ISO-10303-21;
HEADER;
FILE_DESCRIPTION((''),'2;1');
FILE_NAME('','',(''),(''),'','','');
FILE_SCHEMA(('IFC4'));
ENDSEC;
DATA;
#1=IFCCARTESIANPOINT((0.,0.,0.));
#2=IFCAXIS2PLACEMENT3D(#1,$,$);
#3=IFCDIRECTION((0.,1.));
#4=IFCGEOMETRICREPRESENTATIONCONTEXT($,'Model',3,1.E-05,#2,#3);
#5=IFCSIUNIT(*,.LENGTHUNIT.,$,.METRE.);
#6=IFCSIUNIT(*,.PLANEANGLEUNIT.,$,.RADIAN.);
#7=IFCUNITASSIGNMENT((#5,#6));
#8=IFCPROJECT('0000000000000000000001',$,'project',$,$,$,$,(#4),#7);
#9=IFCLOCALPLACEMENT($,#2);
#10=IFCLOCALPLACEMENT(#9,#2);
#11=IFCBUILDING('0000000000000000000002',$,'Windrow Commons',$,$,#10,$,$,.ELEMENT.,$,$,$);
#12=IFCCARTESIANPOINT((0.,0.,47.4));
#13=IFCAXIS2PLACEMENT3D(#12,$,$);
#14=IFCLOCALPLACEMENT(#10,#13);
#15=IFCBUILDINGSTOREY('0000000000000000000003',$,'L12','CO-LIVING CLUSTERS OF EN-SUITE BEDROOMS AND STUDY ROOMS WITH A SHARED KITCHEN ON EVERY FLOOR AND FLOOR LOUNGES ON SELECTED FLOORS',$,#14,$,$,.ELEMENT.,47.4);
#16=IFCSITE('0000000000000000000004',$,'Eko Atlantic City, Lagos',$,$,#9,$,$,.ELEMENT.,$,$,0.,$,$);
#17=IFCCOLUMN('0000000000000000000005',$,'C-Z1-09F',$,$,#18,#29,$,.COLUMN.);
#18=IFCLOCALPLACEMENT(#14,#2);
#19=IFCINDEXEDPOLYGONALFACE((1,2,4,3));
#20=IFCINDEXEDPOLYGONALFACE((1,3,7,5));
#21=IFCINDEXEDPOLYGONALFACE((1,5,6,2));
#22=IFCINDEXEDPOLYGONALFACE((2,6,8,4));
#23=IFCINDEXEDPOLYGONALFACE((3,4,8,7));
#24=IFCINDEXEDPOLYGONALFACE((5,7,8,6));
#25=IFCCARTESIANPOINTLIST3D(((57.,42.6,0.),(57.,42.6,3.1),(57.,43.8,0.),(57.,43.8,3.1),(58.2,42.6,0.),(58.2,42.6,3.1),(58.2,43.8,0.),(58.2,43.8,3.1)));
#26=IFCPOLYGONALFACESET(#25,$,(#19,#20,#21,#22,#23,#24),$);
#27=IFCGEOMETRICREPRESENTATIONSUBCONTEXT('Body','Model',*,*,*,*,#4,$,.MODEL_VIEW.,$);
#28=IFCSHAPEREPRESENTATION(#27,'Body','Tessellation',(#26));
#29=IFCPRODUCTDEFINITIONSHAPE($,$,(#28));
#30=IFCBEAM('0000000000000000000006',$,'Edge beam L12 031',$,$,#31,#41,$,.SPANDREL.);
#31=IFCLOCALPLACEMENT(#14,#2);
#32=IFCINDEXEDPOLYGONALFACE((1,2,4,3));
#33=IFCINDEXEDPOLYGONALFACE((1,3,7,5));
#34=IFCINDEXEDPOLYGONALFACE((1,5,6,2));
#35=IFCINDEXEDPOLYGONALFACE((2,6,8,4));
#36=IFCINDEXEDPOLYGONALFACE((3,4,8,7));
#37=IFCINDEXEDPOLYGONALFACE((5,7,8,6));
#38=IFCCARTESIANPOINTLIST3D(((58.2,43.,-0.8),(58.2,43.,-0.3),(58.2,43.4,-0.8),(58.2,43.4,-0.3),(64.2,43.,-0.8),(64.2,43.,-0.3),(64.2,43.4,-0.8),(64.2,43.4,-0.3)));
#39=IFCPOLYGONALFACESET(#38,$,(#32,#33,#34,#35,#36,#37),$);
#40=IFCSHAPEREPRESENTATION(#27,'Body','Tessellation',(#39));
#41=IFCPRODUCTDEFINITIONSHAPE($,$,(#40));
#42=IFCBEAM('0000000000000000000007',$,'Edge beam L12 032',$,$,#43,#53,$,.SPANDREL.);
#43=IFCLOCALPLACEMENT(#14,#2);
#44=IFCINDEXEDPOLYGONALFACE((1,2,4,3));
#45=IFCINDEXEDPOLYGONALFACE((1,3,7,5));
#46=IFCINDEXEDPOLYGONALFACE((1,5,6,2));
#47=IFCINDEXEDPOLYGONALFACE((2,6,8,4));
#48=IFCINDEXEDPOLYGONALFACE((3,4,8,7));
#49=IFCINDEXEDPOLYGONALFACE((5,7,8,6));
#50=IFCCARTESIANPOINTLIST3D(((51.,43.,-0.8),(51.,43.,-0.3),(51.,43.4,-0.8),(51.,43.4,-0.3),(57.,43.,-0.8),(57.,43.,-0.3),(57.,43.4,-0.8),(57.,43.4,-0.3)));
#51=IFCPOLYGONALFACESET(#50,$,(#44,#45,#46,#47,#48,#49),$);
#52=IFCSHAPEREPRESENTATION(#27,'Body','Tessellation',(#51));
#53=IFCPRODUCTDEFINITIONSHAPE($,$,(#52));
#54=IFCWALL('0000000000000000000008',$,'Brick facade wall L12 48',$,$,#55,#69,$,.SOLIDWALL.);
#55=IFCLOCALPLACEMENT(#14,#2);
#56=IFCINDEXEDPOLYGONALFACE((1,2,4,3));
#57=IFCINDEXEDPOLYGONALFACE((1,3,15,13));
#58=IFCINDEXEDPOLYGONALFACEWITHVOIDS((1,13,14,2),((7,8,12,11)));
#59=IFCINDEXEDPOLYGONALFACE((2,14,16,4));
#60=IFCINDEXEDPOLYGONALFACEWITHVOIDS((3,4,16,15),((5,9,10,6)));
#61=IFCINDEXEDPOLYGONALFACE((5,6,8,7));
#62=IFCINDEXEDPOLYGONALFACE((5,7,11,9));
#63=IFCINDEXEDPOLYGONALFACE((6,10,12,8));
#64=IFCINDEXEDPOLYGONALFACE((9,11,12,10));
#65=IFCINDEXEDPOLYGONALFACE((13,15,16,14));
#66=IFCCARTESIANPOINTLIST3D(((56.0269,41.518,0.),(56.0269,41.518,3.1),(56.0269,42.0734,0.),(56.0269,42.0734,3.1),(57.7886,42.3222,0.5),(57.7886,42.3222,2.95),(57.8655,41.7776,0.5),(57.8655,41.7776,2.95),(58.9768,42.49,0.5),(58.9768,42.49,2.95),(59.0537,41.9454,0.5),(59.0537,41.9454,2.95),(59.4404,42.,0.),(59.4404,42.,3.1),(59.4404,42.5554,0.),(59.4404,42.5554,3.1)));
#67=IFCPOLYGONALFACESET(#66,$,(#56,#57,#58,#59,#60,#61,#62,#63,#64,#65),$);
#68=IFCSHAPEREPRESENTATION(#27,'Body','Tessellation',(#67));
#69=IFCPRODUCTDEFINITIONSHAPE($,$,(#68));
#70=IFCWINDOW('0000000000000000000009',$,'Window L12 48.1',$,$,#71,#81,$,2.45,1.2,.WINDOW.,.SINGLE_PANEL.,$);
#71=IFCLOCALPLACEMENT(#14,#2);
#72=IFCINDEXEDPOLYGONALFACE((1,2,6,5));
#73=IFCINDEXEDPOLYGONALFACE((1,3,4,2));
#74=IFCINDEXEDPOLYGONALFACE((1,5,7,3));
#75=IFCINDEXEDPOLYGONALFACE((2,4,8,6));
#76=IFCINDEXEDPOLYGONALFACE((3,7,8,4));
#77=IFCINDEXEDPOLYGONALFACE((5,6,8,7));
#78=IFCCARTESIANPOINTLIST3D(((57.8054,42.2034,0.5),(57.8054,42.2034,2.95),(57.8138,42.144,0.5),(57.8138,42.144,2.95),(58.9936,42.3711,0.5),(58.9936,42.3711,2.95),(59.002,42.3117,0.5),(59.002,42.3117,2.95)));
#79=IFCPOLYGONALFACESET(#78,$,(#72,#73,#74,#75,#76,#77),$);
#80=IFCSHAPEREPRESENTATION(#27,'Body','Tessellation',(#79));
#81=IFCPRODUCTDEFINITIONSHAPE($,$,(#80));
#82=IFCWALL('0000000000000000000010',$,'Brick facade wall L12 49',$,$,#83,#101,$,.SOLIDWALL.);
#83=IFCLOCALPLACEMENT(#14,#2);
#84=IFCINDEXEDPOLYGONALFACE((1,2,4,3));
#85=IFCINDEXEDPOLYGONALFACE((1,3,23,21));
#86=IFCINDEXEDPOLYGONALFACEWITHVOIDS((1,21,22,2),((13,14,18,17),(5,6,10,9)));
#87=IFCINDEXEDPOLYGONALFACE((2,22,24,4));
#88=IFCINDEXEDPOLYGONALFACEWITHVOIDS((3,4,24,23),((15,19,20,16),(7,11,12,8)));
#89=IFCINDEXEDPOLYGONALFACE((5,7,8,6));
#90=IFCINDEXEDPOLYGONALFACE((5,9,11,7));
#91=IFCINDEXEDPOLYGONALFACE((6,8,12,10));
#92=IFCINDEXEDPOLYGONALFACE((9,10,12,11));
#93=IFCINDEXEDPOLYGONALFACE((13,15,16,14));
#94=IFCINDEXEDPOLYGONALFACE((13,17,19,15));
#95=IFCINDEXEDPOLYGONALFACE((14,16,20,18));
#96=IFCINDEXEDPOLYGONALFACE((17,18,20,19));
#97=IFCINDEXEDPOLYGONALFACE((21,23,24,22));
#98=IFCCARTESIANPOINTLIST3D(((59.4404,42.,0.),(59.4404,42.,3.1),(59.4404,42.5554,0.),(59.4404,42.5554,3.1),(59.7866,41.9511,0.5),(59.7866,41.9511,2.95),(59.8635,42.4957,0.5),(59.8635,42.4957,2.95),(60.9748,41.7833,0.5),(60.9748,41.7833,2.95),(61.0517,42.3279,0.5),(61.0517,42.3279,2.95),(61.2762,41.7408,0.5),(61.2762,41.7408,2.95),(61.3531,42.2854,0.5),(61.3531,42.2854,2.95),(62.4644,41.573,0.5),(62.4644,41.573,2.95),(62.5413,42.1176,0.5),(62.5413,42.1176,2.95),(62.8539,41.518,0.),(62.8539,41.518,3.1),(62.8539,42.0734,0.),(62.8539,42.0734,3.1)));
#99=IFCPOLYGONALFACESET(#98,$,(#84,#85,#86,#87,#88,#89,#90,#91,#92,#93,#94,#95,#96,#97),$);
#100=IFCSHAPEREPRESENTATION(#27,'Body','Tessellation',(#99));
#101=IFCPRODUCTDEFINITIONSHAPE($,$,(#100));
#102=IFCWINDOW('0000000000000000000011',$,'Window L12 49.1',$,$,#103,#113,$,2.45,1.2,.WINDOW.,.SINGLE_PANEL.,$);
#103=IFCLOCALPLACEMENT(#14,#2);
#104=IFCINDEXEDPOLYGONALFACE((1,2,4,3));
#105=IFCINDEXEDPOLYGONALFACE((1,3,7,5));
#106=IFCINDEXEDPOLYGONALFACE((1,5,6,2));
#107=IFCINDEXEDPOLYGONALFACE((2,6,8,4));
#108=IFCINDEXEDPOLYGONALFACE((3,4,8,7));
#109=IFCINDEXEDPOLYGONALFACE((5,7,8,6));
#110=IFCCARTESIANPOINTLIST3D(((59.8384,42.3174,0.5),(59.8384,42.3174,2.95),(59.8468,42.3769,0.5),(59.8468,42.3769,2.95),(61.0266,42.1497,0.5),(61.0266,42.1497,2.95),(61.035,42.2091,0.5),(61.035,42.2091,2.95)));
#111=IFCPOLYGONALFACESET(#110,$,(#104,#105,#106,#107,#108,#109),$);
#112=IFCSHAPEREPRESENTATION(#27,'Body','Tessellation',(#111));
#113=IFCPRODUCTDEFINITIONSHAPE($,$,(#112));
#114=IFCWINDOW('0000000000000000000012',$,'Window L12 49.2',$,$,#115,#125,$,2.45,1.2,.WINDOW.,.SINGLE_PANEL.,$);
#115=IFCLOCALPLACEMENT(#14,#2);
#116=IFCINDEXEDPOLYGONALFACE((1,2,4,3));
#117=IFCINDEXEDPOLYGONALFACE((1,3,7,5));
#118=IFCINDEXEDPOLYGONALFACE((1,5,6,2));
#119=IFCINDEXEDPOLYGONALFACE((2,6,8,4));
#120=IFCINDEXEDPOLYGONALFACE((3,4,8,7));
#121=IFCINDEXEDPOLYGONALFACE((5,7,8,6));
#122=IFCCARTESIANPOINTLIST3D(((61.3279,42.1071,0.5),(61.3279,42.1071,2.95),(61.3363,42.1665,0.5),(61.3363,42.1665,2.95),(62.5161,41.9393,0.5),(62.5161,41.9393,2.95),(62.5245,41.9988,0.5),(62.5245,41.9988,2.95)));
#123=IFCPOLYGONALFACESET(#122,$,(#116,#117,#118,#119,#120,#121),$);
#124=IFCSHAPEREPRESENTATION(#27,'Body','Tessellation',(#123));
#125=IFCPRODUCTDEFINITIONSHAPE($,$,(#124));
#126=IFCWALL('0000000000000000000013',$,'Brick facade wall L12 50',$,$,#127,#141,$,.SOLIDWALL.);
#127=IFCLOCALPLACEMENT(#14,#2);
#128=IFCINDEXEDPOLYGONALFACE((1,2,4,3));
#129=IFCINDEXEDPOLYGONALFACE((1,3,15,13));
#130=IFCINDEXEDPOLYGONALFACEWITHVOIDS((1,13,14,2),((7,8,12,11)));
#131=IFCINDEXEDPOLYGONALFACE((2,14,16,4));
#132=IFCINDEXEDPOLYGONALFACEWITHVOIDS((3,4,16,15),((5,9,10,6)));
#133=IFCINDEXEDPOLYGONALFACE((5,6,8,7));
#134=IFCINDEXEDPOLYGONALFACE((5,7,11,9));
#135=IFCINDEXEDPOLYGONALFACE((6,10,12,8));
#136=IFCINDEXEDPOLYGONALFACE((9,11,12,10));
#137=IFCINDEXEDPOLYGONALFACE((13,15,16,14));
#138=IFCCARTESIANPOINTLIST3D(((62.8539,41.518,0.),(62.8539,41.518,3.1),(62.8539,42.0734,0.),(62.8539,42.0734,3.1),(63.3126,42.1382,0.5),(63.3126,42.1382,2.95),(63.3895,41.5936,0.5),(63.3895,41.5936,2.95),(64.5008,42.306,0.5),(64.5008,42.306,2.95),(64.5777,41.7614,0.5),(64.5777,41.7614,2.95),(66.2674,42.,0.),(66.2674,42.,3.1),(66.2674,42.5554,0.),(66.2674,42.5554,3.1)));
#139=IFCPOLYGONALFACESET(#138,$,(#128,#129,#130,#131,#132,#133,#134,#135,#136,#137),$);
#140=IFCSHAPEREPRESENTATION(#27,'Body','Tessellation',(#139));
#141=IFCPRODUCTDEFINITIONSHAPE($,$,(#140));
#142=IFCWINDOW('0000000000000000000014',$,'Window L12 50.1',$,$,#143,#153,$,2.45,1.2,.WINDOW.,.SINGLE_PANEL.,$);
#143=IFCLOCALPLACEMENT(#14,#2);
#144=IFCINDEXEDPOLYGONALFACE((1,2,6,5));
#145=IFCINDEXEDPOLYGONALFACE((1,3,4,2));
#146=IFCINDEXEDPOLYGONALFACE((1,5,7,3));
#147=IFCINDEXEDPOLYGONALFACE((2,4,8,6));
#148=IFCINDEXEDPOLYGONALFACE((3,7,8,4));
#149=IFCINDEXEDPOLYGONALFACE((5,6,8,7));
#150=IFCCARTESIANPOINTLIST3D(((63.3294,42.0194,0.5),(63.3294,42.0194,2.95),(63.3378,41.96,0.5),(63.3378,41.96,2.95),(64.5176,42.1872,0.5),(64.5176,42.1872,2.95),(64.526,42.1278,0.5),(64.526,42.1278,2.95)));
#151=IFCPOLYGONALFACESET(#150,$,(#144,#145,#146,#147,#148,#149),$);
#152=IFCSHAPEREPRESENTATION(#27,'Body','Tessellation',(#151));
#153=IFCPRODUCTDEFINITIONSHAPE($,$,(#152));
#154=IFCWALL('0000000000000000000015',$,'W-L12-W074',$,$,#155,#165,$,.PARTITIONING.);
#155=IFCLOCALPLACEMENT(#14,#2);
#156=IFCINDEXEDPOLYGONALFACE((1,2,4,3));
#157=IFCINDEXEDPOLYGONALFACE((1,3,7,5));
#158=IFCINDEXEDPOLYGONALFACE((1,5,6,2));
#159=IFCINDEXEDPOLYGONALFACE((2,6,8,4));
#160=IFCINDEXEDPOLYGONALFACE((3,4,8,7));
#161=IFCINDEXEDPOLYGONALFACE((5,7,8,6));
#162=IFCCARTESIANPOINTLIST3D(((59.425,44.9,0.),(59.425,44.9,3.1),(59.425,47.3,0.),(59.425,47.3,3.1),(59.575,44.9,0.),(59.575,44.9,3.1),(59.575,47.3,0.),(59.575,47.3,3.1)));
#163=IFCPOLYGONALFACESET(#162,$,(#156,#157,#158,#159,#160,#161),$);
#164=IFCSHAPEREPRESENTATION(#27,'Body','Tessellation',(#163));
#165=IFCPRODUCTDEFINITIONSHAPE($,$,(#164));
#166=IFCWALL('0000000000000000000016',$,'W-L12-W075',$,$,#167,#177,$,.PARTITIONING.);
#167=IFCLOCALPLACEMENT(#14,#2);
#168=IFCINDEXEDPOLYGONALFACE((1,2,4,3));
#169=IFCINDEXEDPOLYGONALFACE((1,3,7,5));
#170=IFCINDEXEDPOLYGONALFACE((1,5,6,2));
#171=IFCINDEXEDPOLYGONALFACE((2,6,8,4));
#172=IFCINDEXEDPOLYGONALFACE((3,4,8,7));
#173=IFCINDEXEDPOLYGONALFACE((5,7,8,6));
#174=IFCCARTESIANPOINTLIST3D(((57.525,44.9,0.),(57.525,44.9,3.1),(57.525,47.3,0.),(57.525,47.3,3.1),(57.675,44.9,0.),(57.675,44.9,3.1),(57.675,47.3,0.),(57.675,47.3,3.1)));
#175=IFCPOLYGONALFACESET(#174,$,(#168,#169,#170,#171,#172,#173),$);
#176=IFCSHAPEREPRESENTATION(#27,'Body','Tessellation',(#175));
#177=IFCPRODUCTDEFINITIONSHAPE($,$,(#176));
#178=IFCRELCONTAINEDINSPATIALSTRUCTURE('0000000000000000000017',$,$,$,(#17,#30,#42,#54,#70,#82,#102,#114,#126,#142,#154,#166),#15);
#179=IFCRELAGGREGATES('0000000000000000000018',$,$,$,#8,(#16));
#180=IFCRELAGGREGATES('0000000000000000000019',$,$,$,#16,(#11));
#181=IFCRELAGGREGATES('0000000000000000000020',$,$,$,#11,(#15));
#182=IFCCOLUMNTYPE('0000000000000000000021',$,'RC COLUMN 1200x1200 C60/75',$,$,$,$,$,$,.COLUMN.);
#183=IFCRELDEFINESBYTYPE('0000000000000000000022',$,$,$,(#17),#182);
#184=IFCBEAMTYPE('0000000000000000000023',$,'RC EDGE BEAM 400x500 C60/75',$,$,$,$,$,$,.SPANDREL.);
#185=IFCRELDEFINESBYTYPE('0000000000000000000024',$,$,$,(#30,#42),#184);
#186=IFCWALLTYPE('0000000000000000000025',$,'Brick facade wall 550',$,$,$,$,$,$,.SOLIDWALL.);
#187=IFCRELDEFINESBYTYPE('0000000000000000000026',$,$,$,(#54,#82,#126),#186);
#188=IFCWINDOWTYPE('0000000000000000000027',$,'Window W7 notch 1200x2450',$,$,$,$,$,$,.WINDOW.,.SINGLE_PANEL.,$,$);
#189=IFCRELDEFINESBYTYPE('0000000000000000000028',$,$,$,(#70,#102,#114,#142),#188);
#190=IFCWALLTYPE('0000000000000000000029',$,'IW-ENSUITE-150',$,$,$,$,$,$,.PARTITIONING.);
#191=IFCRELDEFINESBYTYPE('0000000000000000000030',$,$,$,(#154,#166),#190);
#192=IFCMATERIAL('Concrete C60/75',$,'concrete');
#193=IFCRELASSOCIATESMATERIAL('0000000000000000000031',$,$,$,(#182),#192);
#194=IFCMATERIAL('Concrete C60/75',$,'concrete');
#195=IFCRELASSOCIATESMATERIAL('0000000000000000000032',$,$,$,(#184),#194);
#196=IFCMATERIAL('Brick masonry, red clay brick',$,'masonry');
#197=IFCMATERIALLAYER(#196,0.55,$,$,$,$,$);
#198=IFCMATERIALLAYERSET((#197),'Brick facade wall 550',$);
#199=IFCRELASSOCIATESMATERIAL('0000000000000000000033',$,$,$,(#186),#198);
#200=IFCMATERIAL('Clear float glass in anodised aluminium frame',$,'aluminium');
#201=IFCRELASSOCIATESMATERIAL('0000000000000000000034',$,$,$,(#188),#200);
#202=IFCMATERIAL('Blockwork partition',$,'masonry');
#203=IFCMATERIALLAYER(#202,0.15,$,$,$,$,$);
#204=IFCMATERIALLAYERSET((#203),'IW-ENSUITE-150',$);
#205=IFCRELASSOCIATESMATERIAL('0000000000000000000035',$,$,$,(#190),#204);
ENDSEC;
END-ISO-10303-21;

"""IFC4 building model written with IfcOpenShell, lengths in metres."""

from ifc_helpers import new_model, si_unit, direction, frame, frame_2d, origin, origin_2d, place, context, subcontext, project, spatial, polyline, rectangle, outline, extrude, material, layer, layer_set, material_profile, profile_set, type_object, element, fill, save


model = new_model("IFC4")

# Units and contexts
model_context = context("Model", 3, precision=1e-05, world=origin(), true_north=direction((0.0, 1.0)))
body_context = subcontext(model_context, "Body", "Model", "MODEL_VIEW")
ifc_project = project(units=[si_unit("LENGTHUNIT", "METRE"), si_unit("PLANEANGLEUNIT", "RADIAN")], contexts=[model_context])

# Site, building, storey
site_placement = place(None, origin())
site = spatial("IfcSite", under=ifc_project, at=site_placement, Name="Eko Atlantic City, Lagos", CompositionType="ELEMENT", RefElevation=0.0)
building_placement = place(site_placement, origin())
building = spatial("IfcBuilding", under=site, at=building_placement, Name="Windrow Commons", CompositionType="ELEMENT")
storey_placement = place(building_placement, frame((0.0, 0.0, 47.4)))
storey = spatial("IfcBuildingStorey", under=building, at=storey_placement, Name="L12", Description="CO-LIVING CLUSTERS OF EN-SUITE BEDROOMS AND STUDY ROOMS WITH A SHARED KITCHEN ON EVERY FLOOR AND FLOOR LOUNGES ON SELECTED FLOORS", CompositionType="ELEMENT", Elevation=47.4)

# Column
ifc_material_1 = material(Name="Concrete C60/75", Category="concrete")
ifc_material_profile_1 = material_profile(ifc_material_1, rectangle(XDim=1.2, YDim=1.2, at=origin_2d()))
ifc_profile_set_1 = profile_set([ifc_material_profile_1], Name="Concrete C60/75")
column_type = type_object("IfcColumnType", Name="RC COLUMN 1200x1200 C60/75", PredefinedType="COLUMN", material=ifc_profile_set_1)
column_placement = place(storey_placement, frame((57.6, 43.2, 0.0), z_axis=(0.0, 0.0, 1.0), x_axis=(1.0, 0.0, 0.0)))
element("IfcColumn", 1, at=column_placement, inside=storey, type_object=column_type, Name="C-Z1-09F", PredefinedType="COLUMN", context=body_context, shape_type="SweptSolid", body=[
    extrude(rectangle(XDim=1.2, YDim=1.2, at=origin_2d()), origin(), (0.0, 0.0, 1.0), 3.1),
])

# Beams
ifc_material_2 = material(Name="Concrete C60/75", Category="concrete")
ifc_material_profile_2 = material_profile(ifc_material_2, rectangle(XDim=0.4, YDim=0.5, at=origin_2d()))
ifc_profile_set_2 = profile_set([ifc_material_profile_2], Name="Concrete C60/75")
beam_type = type_object("IfcBeamType", Name="RC EDGE BEAM 400x500 C60/75", PredefinedType="SPANDREL", material=ifc_profile_set_2)
for number, where, z_axis, x_axis, name in (
    (2, (64.2, 43.2, -0.55), (-1.0, 0.0, 0.0), (0.0, -1.0, 0.0), "Edge beam L12 031"),
    (3, (57.0, 43.2, -0.55), (-1.0, 0.0, 0.0), (0.0, -1.0, 0.0), "Edge beam L12 032"),
):
    element("IfcBeam", number, at=place(storey_placement, frame(where, z_axis=z_axis, x_axis=x_axis)), inside=storey, type_object=beam_type, Name=name, PredefinedType="SPANDREL", context=body_context, shape_type="SweptSolid", body=[
        extrude(rectangle(XDim=0.4, YDim=0.5, at=origin_2d()), origin(), (0.0, 0.0, 1.0), 6.0),
    ])

# Wall, opening, window
ifc_material_3 = material(Name="Brick masonry, red clay brick", Category="masonry")
ifc_layer_1 = layer(ifc_material_3, 0.55)
ifc_layer_set_1 = layer_set([ifc_layer_1], Name="Brick facade wall 550")
wall_type_1 = type_object("IfcWallType", Name="Brick facade wall 550", PredefinedType="SOLIDWALL", material=ifc_layer_set_1)
wall_1_placement = place(storey_placement, frame((56.0269, 41.7957, 0.0), z_axis=(0.0, 0.0, 1.0), x_axis=(0.990177, 0.139817, 0.0)))
wall_1 = element("IfcWall", 4, at=wall_1_placement, inside=storey, type_object=wall_type_1, Name="Brick facade wall L12 48", PredefinedType="SOLIDWALL", context=body_context, shape_type="SweptSolid", body=[
    extrude(outline(polyline([(-0.0388, -0.275), (3.4085, -0.275), (3.4862, 0.275), (0.0388, 0.275), (-0.0388, -0.275)])), origin(), (0.0, 0.0, 1.0), 3.1),
])
opening_1_placement = place(wall_1_placement, frame((1.818, 0.0, 0.5)))
opening_1 = element("IfcOpeningElement", 5, at=opening_1_placement, cuts=wall_1, PredefinedType="OPENING", context=body_context, shape_type="SweptSolid", body=[
    extrude(rectangle(XDim=1.2, YDim=2.45, at=frame_2d((0.6, 1.225))), frame((0.0, 0.285, 0.0), z_axis=(0.0, -1.0, 0.0), x_axis=(1.0, 0.0, 0.0)), (0.0, 0.0, 1.0), 0.57),
])
ifc_material_4 = material(Name="Clear float glass in anodised aluminium frame", Category="aluminium")
window_type = type_object("IfcWindowType", Name="Window W7 notch 1200x2450", PartitioningType="SINGLE_PANEL", PredefinedType="WINDOW", material=ifc_material_4)
window_1_placement = place(opening_1_placement, origin())
window_1 = element("IfcWindow", 6, at=window_1_placement, inside=storey, type_object=window_type, Name="Window L12 48.1", OverallHeight=2.45, OverallWidth=1.2, PartitioningType="SINGLE_PANEL", PredefinedType="WINDOW", context=body_context, shape_type="SweptSolid", body=[
    extrude(rectangle(XDim=1.2, YDim=2.45, at=frame_2d((0.6, 1.225))), frame((0.0, 0.155, 0.0), z_axis=(0.0, -1.0, 0.0), x_axis=(1.0, 0.0, 0.0)), (0.0, 0.0, 1.0), 0.06),
])
fill(opening_1, window_1)

# Wall, openings, windows
wall_2_placement = place(storey_placement, frame((59.4404, 42.2777, 0.0), z_axis=(0.0, 0.0, 1.0), x_axis=(0.990177, -0.139817, 0.0)))
wall_2 = element("IfcWall", 7, at=wall_2_placement, inside=storey, type_object=wall_type_1, Name="Brick facade wall L12 49", PredefinedType="SOLIDWALL", context=body_context, shape_type="SweptSolid", body=[
    extrude(outline(polyline([(0.0388, -0.275), (3.4862, -0.275), (3.4085, 0.275), (-0.0388, 0.275), (0.0388, -0.275)])), origin(), (0.0, 0.0, 1.0), 3.1),
])
opening_2_placement = place(wall_2_placement, frame((0.3885, 0.0, 0.5)))
opening_2 = element("IfcOpeningElement", 8, at=opening_2_placement, cuts=wall_2, PredefinedType="OPENING", context=body_context, shape_type="SweptSolid", body=[
    extrude(rectangle(XDim=1.2, YDim=2.45, at=frame_2d((0.6, 1.225))), frame((0.0, 0.285, 0.0), z_axis=(0.0, -1.0, 0.0), x_axis=(1.0, 0.0, 0.0)), (0.0, 0.0, 1.0), 0.57),
])
opening_3_placement = place(wall_2_placement, frame((1.8928, 0.0, 0.5)))
opening_3 = element("IfcOpeningElement", 9, at=opening_3_placement, cuts=wall_2, PredefinedType="OPENING", context=body_context, shape_type="SweptSolid", body=[
    extrude(rectangle(XDim=1.2, YDim=2.45, at=frame_2d((0.6, 1.225))), frame((0.0, 0.285, 0.0), z_axis=(0.0, -1.0, 0.0), x_axis=(1.0, 0.0, 0.0)), (0.0, 0.0, 1.0), 0.57),
])
window_2_placement = place(opening_2_placement, origin())
window_2 = element("IfcWindow", 10, at=window_2_placement, inside=storey, type_object=window_type, Name="Window L12 49.1", OverallHeight=2.45, OverallWidth=1.2, PartitioningType="SINGLE_PANEL", PredefinedType="WINDOW", context=body_context, shape_type="SweptSolid", body=[
    extrude(rectangle(XDim=1.2, YDim=2.45, at=frame_2d((0.6, 1.225))), frame((0.0, 0.155, 0.0), z_axis=(0.0, -1.0, 0.0), x_axis=(1.0, 0.0, 0.0)), (0.0, 0.0, 1.0), 0.06),
])
fill(opening_2, window_2)
window_3_placement = place(opening_3_placement, origin())
window_3 = element("IfcWindow", 11, at=window_3_placement, inside=storey, type_object=window_type, Name="Window L12 49.2", OverallHeight=2.45, OverallWidth=1.2, PartitioningType="SINGLE_PANEL", PredefinedType="WINDOW", context=body_context, shape_type="SweptSolid", body=[
    extrude(rectangle(XDim=1.2, YDim=2.45, at=frame_2d((0.6, 1.225))), frame((0.0, 0.155, 0.0), z_axis=(0.0, -1.0, 0.0), x_axis=(1.0, 0.0, 0.0)), (0.0, 0.0, 1.0), 0.06),
])
fill(opening_3, window_3)

# Wall, opening, window
wall_3_placement = place(storey_placement, frame((62.8539, 41.7957, 0.0), z_axis=(0.0, 0.0, 1.0), x_axis=(0.990177, 0.139821, 0.0)))
wall_3 = element("IfcWall", 12, at=wall_3_placement, inside=storey, type_object=wall_type_1, Name="Brick facade wall L12 50", PredefinedType="SOLIDWALL", context=body_context, shape_type="SweptSolid", body=[
    extrude(outline(polyline([(-0.0388, -0.275), (3.4085, -0.275), (3.4862, 0.275), (0.0388, 0.275), (-0.0388, -0.275)])), origin(), (0.0, 0.0, 1.0), 3.1),
])
opening_4_placement = place(wall_3_placement, frame((0.5021, 0.0, 0.5)))
opening_4 = element("IfcOpeningElement", 13, at=opening_4_placement, cuts=wall_3, PredefinedType="OPENING", context=body_context, shape_type="SweptSolid", body=[
    extrude(rectangle(XDim=1.2, YDim=2.45, at=frame_2d((0.6, 1.225))), frame((0.0, 0.285, 0.0), z_axis=(0.0, -1.0, 0.0), x_axis=(1.0, 0.0, 0.0)), (0.0, 0.0, 1.0), 0.57),
])
window_4_placement = place(opening_4_placement, origin())
window_4 = element("IfcWindow", 14, at=window_4_placement, inside=storey, type_object=window_type, Name="Window L12 50.1", OverallHeight=2.45, OverallWidth=1.2, PartitioningType="SINGLE_PANEL", PredefinedType="WINDOW", context=body_context, shape_type="SweptSolid", body=[
    extrude(rectangle(XDim=1.2, YDim=2.45, at=frame_2d((0.6, 1.225))), frame((0.0, 0.155, 0.0), z_axis=(0.0, -1.0, 0.0), x_axis=(1.0, 0.0, 0.0)), (0.0, 0.0, 1.0), 0.06),
])
fill(opening_4, window_4)

# Walls
ifc_material_5 = material(Name="Blockwork partition", Category="masonry")
ifc_layer_2 = layer(ifc_material_5, 0.15)
ifc_layer_set_2 = layer_set([ifc_layer_2], Name="IW-ENSUITE-150")
wall_type_2 = type_object("IfcWallType", Name="IW-ENSUITE-150", PredefinedType="PARTITIONING", material=ifc_layer_set_2)
for number, where, z_axis, x_axis, name in (
    (15, (59.5, 44.9, 0.0), (0.0, 0.0, 1.0), (0.0, 1.0, 0.0), "W-L12-W074"),
    (16, (57.6, 44.9, 0.0), (0.0, 0.0, 1.0), (0.0, 1.0, 0.0), "W-L12-W075"),
):
    element("IfcWall", number, at=place(storey_placement, frame(where, z_axis=z_axis, x_axis=x_axis)), inside=storey, type_object=wall_type_2, Name=name, PredefinedType="PARTITIONING", context=body_context, shape_type="SweptSolid", body=[
        extrude(rectangle(XDim=2.4, YDim=0.15, at=frame_2d((1.2, 0.0))), origin(), (0.0, 0.0, 1.0), 3.1),
    ])

save(model, "model.ifc")
